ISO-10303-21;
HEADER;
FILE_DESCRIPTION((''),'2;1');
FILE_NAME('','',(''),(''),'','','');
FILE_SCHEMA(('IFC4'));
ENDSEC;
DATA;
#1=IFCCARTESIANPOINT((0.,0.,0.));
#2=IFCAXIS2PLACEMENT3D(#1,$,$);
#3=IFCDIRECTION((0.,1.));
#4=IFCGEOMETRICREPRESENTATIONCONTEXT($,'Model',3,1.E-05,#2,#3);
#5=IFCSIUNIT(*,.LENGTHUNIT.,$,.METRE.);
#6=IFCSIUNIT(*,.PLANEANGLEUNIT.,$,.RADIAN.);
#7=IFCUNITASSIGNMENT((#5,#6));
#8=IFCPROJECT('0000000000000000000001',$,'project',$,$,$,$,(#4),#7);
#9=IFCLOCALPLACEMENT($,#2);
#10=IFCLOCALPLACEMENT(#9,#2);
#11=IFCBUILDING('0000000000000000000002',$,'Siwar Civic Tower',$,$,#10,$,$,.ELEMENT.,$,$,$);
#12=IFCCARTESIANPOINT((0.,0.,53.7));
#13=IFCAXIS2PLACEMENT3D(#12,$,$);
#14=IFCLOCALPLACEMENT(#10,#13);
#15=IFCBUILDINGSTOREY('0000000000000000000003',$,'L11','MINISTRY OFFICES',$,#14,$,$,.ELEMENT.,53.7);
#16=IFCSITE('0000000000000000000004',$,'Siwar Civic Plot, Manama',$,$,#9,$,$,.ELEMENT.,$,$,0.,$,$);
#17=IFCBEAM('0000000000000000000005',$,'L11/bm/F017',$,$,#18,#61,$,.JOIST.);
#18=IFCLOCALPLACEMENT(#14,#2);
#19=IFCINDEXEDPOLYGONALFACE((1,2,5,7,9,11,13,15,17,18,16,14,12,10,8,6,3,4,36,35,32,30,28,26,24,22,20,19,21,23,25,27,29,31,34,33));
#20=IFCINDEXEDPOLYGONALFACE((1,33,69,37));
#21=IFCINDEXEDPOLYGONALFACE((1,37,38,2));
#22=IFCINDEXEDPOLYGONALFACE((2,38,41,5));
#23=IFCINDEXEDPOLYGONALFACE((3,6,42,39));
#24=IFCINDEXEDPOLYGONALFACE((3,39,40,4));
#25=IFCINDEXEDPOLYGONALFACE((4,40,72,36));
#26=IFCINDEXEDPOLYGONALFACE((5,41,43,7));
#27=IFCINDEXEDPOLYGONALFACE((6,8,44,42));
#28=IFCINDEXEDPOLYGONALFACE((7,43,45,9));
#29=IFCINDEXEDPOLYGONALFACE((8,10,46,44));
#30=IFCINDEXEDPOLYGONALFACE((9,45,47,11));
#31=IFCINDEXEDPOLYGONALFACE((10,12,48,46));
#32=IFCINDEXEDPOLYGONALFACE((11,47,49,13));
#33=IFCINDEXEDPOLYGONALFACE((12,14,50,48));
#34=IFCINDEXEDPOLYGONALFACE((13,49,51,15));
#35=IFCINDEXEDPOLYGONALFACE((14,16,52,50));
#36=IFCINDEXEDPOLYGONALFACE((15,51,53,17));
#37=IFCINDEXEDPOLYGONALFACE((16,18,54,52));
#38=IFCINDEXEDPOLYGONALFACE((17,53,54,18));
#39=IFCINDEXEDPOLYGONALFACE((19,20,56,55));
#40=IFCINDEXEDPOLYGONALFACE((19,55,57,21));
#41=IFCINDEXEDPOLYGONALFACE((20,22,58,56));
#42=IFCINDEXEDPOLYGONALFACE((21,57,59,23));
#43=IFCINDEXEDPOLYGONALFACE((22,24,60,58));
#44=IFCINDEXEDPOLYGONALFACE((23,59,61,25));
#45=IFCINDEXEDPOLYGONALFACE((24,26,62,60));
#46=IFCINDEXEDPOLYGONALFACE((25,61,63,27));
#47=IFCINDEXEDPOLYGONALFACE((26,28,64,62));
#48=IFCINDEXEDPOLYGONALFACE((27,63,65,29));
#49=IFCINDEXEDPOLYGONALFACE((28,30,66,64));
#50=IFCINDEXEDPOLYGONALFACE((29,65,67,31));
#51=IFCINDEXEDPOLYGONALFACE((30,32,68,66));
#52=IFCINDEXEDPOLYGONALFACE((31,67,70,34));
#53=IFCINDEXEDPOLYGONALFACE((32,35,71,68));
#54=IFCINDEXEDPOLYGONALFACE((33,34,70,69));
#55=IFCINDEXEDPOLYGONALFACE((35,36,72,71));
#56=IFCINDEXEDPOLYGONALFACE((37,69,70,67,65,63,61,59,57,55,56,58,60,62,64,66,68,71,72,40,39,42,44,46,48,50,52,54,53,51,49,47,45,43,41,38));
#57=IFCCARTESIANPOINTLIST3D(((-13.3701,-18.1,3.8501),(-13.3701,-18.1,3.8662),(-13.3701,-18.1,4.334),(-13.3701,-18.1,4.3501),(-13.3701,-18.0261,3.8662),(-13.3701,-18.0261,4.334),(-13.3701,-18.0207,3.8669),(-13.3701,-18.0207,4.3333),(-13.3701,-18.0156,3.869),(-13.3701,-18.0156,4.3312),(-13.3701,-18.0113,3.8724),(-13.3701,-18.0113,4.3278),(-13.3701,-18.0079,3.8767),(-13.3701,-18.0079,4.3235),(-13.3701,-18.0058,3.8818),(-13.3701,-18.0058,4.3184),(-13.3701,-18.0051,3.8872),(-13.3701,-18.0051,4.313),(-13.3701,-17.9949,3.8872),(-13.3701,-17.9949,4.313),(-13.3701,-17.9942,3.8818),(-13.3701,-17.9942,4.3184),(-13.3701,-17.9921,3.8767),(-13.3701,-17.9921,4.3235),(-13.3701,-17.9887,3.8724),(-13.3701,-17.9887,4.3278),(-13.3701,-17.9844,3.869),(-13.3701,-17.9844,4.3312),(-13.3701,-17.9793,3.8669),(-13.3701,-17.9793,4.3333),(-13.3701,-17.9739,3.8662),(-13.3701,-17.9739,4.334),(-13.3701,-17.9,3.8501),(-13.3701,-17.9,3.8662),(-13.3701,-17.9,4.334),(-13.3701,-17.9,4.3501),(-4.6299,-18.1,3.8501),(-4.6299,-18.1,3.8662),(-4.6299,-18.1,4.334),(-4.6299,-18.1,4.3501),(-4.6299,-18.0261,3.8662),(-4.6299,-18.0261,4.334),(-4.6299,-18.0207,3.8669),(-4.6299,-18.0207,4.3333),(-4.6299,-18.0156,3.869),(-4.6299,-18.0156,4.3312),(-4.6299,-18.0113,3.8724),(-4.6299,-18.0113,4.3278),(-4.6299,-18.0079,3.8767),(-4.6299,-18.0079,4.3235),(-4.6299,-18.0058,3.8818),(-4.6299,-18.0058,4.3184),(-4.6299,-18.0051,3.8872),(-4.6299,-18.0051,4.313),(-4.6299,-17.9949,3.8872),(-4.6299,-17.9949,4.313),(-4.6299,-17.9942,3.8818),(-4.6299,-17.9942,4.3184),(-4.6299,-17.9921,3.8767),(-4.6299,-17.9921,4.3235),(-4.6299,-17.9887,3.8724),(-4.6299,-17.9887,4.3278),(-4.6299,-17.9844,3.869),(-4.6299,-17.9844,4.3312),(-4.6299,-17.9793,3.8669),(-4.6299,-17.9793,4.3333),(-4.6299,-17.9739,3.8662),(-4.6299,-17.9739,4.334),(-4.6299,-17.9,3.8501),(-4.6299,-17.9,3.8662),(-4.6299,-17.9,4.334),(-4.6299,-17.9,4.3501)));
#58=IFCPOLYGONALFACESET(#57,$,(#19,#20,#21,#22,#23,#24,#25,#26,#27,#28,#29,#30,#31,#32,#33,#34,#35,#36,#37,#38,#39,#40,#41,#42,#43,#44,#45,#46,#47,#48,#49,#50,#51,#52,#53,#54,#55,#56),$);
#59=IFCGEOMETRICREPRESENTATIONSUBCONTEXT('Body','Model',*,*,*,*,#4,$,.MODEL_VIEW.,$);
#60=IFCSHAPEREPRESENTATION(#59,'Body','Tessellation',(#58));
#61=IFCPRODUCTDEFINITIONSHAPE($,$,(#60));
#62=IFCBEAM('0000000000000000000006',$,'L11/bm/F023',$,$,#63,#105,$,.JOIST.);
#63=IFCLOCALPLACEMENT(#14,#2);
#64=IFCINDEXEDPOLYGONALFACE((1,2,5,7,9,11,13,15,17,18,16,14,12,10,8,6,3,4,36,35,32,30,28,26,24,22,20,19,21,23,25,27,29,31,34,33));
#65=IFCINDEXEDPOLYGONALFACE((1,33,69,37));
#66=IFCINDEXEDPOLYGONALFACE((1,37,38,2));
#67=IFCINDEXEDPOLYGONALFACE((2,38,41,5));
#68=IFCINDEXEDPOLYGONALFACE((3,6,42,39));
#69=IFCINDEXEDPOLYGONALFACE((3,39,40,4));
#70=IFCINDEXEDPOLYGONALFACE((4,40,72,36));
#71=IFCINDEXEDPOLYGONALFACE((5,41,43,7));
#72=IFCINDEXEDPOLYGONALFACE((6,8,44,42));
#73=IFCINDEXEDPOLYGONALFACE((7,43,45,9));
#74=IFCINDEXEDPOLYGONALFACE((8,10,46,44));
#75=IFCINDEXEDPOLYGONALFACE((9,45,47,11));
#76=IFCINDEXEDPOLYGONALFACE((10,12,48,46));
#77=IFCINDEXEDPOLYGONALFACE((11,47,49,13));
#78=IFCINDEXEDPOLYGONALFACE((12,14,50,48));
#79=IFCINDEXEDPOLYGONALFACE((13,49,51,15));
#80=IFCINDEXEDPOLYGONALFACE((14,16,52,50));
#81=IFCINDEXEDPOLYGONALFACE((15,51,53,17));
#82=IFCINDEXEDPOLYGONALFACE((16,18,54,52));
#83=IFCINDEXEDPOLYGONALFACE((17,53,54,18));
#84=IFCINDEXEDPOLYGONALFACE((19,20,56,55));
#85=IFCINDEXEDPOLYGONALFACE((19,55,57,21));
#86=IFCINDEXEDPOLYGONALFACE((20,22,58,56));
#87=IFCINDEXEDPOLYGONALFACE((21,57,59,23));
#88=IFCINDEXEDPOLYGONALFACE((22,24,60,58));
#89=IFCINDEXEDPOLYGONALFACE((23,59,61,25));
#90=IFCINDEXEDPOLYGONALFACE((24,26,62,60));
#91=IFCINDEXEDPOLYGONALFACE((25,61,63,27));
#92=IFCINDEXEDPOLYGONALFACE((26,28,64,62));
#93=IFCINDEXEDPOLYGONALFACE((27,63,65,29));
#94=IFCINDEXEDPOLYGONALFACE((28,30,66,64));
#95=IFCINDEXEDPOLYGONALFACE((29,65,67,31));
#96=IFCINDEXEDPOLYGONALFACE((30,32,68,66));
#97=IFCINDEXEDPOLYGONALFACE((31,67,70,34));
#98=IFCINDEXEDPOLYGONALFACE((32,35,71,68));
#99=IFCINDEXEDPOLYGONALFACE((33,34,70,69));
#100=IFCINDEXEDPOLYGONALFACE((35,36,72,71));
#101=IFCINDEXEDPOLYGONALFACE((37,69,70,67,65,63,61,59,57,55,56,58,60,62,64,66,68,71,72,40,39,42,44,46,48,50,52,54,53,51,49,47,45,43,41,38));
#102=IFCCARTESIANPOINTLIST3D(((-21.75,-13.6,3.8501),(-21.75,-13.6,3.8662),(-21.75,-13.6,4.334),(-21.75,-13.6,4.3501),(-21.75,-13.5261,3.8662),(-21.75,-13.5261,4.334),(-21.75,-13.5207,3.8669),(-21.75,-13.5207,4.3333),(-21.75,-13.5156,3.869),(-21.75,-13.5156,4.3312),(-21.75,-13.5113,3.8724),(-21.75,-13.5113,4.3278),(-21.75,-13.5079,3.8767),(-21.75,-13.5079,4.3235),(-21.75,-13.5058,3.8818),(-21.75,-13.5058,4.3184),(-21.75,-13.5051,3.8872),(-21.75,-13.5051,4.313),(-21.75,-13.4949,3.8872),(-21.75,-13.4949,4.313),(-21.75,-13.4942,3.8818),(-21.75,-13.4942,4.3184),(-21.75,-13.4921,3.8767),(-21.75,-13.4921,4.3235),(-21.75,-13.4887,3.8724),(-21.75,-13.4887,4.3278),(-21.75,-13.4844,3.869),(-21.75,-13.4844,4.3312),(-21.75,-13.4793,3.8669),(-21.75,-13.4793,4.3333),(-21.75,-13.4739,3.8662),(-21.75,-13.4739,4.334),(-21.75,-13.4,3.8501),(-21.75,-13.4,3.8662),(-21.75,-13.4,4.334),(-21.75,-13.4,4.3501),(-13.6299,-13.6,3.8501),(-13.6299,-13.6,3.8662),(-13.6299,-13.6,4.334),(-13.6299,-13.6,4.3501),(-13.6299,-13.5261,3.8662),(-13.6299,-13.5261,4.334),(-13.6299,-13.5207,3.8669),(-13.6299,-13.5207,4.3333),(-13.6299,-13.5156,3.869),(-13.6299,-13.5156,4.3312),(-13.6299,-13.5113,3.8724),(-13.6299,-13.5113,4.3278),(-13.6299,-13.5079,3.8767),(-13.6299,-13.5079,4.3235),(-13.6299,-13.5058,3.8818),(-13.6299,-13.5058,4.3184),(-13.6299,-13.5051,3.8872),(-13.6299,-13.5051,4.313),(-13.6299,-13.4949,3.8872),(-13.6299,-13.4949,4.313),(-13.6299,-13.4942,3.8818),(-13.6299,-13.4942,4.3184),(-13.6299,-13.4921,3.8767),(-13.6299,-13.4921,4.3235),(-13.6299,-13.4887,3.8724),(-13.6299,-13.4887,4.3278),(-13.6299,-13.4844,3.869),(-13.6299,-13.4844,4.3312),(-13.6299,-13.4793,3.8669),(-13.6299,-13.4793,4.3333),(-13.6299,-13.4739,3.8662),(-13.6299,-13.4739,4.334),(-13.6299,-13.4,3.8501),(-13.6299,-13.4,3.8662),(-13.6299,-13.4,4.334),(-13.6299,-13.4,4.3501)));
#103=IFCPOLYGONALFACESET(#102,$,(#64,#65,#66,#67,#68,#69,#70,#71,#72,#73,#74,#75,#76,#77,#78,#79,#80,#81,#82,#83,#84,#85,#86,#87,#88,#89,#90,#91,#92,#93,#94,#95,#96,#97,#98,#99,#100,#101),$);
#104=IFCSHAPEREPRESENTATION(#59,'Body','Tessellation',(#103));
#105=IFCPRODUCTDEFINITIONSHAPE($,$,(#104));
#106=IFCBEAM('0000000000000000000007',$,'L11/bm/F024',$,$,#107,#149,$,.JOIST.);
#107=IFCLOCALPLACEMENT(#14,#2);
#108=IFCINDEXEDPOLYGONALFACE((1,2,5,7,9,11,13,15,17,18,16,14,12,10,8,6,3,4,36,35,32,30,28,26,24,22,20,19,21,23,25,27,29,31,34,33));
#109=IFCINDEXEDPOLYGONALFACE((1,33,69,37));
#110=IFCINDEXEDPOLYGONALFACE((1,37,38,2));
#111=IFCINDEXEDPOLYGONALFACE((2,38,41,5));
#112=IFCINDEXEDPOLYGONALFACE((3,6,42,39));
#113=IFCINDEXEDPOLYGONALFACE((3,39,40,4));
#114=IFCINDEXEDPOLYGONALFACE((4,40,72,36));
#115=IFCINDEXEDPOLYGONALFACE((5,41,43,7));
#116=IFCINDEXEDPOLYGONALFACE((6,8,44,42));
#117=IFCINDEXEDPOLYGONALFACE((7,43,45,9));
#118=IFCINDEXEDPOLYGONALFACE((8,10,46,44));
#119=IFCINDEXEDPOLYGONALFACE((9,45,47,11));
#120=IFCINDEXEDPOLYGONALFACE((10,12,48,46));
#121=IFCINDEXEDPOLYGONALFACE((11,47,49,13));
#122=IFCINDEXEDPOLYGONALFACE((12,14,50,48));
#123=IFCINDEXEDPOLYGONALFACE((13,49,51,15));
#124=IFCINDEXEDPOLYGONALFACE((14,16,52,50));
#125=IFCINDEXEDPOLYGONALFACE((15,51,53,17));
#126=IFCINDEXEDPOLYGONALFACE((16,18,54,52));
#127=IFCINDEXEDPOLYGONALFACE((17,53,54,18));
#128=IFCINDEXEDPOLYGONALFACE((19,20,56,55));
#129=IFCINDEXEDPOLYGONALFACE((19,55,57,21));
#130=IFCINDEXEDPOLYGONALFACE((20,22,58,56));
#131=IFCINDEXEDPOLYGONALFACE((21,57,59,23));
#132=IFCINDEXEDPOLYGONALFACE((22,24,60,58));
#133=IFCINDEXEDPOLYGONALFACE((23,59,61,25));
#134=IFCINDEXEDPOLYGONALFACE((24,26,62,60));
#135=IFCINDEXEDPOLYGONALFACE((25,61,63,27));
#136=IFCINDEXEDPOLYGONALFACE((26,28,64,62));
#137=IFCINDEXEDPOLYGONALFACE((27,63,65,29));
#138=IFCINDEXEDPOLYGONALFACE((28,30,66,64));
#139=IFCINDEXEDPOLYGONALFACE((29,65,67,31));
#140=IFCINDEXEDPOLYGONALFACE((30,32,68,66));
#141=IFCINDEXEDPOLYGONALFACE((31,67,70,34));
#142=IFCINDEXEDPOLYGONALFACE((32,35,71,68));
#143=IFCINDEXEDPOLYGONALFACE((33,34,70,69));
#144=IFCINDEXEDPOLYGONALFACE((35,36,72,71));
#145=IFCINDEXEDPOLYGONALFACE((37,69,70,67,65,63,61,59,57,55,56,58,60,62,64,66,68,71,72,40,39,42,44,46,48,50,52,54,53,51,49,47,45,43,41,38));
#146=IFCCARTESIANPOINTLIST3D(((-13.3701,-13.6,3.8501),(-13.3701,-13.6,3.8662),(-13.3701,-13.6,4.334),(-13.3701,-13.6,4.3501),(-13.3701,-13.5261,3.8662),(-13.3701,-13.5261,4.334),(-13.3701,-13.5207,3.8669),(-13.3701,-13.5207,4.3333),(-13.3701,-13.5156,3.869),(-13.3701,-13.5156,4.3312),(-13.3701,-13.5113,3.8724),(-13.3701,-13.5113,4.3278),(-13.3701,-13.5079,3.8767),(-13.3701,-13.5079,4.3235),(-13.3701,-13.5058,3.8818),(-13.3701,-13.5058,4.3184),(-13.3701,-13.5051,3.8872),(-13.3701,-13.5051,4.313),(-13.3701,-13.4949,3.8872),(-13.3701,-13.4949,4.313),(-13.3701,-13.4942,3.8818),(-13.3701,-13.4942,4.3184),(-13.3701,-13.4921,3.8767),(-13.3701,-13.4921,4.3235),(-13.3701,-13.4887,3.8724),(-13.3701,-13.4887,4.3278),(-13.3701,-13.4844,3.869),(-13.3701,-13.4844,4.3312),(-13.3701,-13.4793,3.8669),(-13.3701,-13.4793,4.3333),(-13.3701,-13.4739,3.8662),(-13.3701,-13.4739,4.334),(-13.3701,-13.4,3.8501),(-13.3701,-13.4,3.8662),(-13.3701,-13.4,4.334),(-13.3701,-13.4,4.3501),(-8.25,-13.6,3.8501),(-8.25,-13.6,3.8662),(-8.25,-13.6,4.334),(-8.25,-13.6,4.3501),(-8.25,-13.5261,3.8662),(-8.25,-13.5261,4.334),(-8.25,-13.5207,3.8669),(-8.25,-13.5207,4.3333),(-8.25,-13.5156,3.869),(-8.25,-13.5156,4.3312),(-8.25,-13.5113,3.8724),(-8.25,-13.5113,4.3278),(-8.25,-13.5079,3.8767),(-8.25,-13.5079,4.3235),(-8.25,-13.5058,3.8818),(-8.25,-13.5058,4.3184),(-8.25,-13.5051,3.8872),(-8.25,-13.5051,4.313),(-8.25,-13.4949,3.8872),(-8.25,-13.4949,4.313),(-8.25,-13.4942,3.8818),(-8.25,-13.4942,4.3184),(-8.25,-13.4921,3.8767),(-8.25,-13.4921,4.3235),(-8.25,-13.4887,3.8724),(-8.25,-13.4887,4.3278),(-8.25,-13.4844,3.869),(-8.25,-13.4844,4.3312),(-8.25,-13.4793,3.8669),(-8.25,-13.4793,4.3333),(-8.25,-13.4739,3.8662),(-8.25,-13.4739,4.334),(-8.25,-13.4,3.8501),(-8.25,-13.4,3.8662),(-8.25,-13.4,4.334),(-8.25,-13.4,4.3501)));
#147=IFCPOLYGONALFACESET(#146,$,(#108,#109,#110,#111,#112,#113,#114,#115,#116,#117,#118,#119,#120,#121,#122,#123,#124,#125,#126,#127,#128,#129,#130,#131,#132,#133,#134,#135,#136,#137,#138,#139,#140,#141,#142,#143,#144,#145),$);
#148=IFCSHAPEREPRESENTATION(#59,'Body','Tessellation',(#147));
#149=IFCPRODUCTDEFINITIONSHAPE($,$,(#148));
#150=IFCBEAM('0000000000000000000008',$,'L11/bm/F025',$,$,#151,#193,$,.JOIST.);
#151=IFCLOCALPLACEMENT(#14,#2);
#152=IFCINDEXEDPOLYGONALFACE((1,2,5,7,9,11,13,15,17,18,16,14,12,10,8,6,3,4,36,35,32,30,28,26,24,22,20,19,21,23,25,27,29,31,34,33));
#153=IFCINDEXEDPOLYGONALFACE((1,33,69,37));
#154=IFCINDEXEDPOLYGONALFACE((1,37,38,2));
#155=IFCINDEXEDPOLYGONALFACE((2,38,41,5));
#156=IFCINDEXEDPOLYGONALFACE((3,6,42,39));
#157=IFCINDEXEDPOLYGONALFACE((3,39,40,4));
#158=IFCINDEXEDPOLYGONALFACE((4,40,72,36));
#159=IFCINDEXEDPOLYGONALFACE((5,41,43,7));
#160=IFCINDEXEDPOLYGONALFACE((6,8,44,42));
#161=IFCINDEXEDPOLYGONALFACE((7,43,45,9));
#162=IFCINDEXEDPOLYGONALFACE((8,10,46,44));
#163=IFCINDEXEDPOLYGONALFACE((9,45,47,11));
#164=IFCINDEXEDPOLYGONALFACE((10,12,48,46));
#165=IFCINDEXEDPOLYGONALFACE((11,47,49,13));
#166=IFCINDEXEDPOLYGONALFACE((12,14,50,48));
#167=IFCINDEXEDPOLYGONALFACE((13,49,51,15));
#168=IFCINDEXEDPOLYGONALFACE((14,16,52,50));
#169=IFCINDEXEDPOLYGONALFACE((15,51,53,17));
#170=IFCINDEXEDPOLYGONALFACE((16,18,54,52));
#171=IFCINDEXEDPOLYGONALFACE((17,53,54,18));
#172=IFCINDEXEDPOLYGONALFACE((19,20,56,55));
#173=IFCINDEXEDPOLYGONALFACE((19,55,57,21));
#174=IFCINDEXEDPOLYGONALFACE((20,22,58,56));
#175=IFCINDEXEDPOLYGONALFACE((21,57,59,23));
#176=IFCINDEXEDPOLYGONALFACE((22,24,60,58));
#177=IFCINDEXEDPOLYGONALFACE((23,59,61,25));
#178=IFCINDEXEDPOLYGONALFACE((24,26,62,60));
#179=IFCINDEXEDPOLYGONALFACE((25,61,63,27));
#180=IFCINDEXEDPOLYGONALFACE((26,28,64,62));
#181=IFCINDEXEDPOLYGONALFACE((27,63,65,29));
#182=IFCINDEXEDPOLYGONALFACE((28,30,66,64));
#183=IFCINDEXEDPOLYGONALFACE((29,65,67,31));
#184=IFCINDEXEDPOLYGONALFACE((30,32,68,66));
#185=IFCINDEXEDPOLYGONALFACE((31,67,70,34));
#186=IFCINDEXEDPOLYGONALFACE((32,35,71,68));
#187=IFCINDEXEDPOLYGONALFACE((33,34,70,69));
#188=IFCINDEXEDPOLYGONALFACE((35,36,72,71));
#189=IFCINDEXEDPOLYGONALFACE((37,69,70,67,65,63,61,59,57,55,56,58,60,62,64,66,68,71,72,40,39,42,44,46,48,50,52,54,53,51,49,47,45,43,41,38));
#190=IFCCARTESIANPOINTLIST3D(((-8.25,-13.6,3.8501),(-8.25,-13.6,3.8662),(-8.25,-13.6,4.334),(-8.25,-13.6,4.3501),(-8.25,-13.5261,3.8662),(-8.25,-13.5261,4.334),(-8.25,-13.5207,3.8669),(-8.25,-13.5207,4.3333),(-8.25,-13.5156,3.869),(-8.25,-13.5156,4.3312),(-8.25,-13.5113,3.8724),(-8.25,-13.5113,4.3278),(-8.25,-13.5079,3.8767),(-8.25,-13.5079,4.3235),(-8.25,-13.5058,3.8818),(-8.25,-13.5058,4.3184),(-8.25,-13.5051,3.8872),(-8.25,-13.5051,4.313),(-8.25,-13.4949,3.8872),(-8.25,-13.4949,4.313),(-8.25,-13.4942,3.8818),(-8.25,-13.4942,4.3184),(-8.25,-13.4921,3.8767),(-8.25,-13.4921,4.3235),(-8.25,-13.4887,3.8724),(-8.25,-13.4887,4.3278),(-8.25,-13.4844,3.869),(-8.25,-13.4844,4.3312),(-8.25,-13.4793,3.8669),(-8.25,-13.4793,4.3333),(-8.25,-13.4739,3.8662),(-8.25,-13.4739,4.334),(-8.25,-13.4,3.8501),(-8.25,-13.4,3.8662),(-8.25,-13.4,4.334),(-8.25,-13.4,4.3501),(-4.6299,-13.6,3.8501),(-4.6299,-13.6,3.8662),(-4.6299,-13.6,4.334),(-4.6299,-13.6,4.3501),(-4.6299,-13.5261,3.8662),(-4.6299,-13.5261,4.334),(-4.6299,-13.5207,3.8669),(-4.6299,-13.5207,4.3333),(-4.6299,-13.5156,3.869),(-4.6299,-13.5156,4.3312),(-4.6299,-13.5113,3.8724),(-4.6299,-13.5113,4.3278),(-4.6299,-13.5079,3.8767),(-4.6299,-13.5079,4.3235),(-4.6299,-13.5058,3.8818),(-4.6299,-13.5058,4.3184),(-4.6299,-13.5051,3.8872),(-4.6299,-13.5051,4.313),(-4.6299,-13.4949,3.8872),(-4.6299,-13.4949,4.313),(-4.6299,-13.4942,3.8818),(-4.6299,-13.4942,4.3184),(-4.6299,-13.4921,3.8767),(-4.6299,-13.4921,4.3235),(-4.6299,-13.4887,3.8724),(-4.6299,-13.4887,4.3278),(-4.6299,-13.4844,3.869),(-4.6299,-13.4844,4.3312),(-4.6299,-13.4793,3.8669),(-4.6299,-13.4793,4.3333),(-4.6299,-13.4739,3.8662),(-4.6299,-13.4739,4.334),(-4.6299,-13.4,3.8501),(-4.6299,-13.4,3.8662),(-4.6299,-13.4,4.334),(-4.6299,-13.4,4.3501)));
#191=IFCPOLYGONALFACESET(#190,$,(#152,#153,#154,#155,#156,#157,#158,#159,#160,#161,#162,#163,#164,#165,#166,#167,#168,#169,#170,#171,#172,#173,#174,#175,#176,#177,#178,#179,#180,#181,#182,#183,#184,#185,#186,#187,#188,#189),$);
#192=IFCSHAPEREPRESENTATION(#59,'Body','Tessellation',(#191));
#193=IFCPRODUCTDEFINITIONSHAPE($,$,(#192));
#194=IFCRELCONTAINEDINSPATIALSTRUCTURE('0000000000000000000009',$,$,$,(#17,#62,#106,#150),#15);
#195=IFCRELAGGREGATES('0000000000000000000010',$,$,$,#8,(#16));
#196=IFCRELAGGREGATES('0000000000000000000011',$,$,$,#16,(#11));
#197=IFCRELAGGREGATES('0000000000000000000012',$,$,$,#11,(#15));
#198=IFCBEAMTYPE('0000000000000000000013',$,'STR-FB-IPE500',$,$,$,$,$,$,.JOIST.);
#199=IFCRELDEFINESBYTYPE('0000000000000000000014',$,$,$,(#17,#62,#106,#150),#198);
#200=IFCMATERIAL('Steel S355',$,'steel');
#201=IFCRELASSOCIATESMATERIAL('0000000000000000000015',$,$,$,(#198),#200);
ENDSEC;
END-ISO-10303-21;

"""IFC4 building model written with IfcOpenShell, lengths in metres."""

from ifc_helpers import new_model, si_unit, direction, frame, origin, origin_2d, place, context, subcontext, project, spatial, i_section, extrude, material, material_profile, profile_set, type_object, element, save


model = new_model("IFC4")

# Units and contexts
model_context = context("Model", 3, precision=1e-05, world=origin(), true_north=direction((0.0, 1.0)))
body_context = subcontext(model_context, "Body", "Model", "MODEL_VIEW")
ifc_project = project(units=[si_unit("LENGTHUNIT", "METRE"), si_unit("PLANEANGLEUNIT", "RADIAN")], contexts=[model_context])

# Site, building, storey
site_placement = place(None, origin())
site = spatial("IfcSite", under=ifc_project, at=site_placement, Name="Siwar Civic Plot, Manama", CompositionType="ELEMENT", RefElevation=0.0)
building_placement = place(site_placement, origin())
building = spatial("IfcBuilding", under=site, at=building_placement, Name="Siwar Civic Tower", CompositionType="ELEMENT")
storey_placement = place(building_placement, frame((0.0, 0.0, 53.7)))
storey = spatial("IfcBuildingStorey", under=building, at=storey_placement, Name="L11", Description="MINISTRY OFFICES", CompositionType="ELEMENT", Elevation=53.7)

# Beams
ifc_material_1 = material(Name="Steel S355", Category="steel")
ifc_material_profile = material_profile(ifc_material_1, i_section(OverallWidth=0.2, OverallDepth=0.5, WebThickness=0.0103, FlangeThickness=0.0161, FilletRadius=0.021, at=origin_2d()), Name="IPE500")
ifc_profile_set = profile_set([ifc_material_profile], Name="Steel S355")
beam_type = type_object("IfcBeamType", Name="STR-FB-IPE500", PredefinedType="JOIST", material=ifc_profile_set)
beam_1_placement = place(storey_placement, frame((-13.3701, -18.0, 4.1001), z_axis=(1.0, 0.0, 0.0), x_axis=(0.0, 1.0, 0.0)))
element("IfcBeam", 1, at=beam_1_placement, inside=storey, type_object=beam_type, Name="L11/bm/F017", PredefinedType="JOIST", context=body_context, shape_type="SweptSolid", body=[
    extrude(i_section(OverallWidth=0.2, OverallDepth=0.5, WebThickness=0.0103, FlangeThickness=0.0161, FilletRadius=0.021, at=origin_2d()), origin(), (0.0, 0.0, 1.0), 8.7402),
])
beam_2_placement = place(storey_placement, frame((-21.75, -13.5, 4.1001), z_axis=(1.0, 0.0, 0.0), x_axis=(0.0, 1.0, 0.0)))
element("IfcBeam", 2, at=beam_2_placement, inside=storey, type_object=beam_type, Name="L11/bm/F023", PredefinedType="JOIST", context=body_context, shape_type="SweptSolid", body=[
    extrude(i_section(OverallWidth=0.2, OverallDepth=0.5, WebThickness=0.0103, FlangeThickness=0.0161, FilletRadius=0.021, at=origin_2d()), origin(), (0.0, 0.0, 1.0), 8.1201),
])
beam_3_placement = place(storey_placement, frame((-13.3701, -13.5, 4.1001), z_axis=(1.0, 0.0, 0.0), x_axis=(0.0, 1.0, 0.0)))
element("IfcBeam", 3, at=beam_3_placement, inside=storey, type_object=beam_type, Name="L11/bm/F024", PredefinedType="JOIST", context=body_context, shape_type="SweptSolid", body=[
    extrude(i_section(OverallWidth=0.2, OverallDepth=0.5, WebThickness=0.0103, FlangeThickness=0.0161, FilletRadius=0.021, at=origin_2d()), origin(), (0.0, 0.0, 1.0), 5.1201),
])
beam_4_placement = place(storey_placement, frame((-8.25, -13.5, 4.1001), z_axis=(1.0, 0.0, 0.0), x_axis=(0.0, 1.0, 0.0)))
element("IfcBeam", 4, at=beam_4_placement, inside=storey, type_object=beam_type, Name="L11/bm/F025", PredefinedType="JOIST", context=body_context, shape_type="SweptSolid", body=[
    extrude(i_section(OverallWidth=0.2, OverallDepth=0.5, WebThickness=0.0103, FlangeThickness=0.0161, FilletRadius=0.021, at=origin_2d()), origin(), (0.0, 0.0, 1.0), 3.6201),
])

save(model, "model.ifc")
